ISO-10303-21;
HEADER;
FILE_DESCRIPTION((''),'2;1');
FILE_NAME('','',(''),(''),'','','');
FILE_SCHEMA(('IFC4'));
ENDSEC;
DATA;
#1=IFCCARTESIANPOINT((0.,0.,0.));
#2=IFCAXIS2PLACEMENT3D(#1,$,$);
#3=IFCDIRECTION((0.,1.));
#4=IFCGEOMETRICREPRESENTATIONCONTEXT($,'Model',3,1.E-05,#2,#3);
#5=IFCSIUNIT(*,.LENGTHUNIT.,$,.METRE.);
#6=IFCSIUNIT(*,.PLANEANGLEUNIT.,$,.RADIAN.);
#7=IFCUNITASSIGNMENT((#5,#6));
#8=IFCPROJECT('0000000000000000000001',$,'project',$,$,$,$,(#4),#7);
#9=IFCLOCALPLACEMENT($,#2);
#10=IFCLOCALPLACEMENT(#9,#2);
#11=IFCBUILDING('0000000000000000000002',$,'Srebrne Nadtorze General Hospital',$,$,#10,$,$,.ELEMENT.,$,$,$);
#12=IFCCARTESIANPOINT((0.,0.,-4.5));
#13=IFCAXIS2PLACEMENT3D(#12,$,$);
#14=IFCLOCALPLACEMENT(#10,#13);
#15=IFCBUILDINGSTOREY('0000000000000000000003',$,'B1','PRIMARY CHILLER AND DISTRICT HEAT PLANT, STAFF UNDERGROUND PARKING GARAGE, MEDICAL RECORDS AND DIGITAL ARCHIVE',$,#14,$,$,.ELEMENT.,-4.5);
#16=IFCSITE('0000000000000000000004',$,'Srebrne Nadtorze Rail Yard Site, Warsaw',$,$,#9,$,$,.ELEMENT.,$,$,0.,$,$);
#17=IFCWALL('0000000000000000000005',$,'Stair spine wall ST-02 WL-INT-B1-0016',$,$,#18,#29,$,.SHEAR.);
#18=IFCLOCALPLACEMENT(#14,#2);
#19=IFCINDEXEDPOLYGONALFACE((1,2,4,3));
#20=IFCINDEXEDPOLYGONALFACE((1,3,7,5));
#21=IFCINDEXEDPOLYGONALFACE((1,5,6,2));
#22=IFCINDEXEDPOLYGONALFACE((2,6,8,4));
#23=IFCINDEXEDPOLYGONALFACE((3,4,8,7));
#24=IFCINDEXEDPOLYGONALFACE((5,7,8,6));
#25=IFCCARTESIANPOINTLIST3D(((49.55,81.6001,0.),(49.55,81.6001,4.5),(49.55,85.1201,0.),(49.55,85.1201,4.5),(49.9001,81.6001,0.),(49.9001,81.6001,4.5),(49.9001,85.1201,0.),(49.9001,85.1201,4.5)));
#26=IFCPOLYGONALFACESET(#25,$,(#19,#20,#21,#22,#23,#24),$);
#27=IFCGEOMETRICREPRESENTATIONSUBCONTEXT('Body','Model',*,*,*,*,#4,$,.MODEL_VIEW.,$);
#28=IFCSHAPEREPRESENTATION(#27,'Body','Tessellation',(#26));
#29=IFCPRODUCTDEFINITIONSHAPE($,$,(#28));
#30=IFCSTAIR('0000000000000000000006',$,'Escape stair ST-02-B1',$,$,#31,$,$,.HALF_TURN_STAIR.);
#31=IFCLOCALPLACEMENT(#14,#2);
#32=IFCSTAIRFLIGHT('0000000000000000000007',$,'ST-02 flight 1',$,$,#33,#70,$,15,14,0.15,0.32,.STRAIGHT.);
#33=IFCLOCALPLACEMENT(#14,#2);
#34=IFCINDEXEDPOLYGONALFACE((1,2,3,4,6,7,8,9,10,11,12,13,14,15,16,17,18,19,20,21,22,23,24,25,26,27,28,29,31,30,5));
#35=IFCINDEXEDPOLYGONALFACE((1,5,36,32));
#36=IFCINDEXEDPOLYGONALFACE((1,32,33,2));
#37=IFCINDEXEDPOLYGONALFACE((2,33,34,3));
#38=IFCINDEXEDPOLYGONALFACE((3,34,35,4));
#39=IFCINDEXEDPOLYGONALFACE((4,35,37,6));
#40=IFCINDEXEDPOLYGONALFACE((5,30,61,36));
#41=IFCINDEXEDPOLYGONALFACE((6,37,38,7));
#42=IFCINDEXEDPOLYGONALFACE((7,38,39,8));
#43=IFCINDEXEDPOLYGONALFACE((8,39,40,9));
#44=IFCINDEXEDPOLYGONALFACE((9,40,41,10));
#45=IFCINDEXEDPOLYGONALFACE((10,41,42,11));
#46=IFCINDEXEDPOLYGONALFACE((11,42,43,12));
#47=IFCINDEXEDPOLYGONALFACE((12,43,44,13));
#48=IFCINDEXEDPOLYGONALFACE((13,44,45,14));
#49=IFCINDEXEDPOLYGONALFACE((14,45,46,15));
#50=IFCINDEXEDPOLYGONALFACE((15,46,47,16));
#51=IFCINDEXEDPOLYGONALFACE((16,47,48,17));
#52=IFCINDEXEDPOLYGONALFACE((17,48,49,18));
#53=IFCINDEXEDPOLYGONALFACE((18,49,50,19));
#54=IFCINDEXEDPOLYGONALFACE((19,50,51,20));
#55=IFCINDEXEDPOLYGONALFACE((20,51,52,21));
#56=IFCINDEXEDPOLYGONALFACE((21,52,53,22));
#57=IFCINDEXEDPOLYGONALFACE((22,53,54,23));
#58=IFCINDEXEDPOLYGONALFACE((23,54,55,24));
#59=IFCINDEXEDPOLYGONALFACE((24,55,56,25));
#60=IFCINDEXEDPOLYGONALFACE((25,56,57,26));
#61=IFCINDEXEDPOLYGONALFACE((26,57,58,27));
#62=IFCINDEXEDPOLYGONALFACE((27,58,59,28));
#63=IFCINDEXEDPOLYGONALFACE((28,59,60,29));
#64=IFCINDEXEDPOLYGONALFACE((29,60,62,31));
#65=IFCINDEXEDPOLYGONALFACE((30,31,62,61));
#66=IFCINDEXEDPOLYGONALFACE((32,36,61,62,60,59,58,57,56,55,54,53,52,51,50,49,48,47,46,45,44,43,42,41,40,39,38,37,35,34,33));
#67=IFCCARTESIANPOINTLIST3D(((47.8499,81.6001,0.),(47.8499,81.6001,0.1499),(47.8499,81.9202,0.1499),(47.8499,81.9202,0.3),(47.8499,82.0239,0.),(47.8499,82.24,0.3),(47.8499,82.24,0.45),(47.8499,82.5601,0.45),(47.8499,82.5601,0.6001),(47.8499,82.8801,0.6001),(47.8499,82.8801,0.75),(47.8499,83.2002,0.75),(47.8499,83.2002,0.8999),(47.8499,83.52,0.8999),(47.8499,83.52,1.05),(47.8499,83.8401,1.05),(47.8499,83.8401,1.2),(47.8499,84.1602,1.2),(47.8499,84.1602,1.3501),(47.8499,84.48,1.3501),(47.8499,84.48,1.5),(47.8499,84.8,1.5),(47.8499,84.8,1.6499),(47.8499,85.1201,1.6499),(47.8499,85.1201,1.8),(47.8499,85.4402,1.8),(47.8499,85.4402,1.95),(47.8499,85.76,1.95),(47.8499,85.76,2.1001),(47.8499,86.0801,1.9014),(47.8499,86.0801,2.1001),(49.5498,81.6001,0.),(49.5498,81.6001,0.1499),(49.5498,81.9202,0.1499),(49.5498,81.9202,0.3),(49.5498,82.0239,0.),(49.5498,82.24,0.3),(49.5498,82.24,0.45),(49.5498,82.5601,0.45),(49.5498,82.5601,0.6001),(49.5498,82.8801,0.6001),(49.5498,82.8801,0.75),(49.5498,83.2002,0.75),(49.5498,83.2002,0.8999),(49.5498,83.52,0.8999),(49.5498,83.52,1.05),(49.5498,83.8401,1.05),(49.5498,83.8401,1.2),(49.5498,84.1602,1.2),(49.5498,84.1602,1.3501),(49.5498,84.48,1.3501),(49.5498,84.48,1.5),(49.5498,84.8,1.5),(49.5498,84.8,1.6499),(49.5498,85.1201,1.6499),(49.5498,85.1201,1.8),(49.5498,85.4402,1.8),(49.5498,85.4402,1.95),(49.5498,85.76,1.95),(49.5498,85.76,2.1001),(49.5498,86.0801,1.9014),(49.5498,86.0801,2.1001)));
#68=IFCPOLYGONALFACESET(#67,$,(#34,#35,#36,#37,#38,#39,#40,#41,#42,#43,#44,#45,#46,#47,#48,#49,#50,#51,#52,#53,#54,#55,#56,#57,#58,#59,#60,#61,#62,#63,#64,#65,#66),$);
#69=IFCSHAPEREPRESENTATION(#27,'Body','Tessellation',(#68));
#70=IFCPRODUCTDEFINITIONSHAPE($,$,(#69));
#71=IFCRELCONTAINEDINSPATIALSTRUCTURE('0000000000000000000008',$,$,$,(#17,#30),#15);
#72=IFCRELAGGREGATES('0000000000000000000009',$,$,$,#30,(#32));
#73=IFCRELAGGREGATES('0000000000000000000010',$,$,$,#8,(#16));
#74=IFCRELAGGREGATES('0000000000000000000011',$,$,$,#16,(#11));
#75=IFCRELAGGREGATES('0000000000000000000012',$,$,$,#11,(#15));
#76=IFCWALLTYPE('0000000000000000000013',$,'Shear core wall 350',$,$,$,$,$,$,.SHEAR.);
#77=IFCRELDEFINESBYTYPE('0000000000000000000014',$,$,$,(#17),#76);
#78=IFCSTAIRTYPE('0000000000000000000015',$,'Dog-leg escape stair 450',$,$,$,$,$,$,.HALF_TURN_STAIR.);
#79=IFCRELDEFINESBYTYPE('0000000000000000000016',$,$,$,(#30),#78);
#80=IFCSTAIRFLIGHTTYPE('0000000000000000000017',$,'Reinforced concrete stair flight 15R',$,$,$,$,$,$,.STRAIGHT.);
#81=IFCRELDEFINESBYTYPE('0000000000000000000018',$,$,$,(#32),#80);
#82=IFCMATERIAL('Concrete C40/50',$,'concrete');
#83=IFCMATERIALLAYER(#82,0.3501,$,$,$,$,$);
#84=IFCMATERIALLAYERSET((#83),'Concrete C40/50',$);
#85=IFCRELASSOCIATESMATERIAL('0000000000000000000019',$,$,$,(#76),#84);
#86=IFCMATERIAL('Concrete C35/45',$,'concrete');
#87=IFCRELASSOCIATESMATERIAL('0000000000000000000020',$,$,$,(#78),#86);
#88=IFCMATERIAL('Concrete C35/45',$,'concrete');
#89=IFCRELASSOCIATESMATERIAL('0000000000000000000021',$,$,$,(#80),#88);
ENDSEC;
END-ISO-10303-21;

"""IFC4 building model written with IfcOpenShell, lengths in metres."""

from ifc_helpers import new_model, si_unit, direction, frame, frame_2d, origin, place, context, subcontext, project, spatial, polyline, rectangle, outline, extrude, material, layer, layer_set, type_object, element, aggregate, save


model = new_model("IFC4")

# Units and contexts
model_context = context("Model", 3, precision=1e-05, world=origin(), true_north=direction((0.0, 1.0)))
body_context = subcontext(model_context, "Body", "Model", "MODEL_VIEW")
ifc_project = project(units=[si_unit("LENGTHUNIT", "METRE"), si_unit("PLANEANGLEUNIT", "RADIAN")], contexts=[model_context])

# Site, building, storey
site_placement = place(None, origin())
site = spatial("IfcSite", under=ifc_project, at=site_placement, Name="Srebrne Nadtorze Rail Yard Site, Warsaw", CompositionType="ELEMENT", RefElevation=0.0)
building_placement = place(site_placement, origin())
building = spatial("IfcBuilding", under=site, at=building_placement, Name="Srebrne Nadtorze General Hospital", CompositionType="ELEMENT")
storey_placement = place(building_placement, frame((0.0, 0.0, -4.5)))
storey = spatial("IfcBuildingStorey", under=building, at=storey_placement, Name="B1", Description="PRIMARY CHILLER AND DISTRICT HEAT PLANT, STAFF UNDERGROUND PARKING GARAGE, MEDICAL RECORDS AND DIGITAL ARCHIVE", CompositionType="ELEMENT", Elevation=-4.5)

# Shared definitions
ifc_material_1 = material(Name="Concrete C40/50", Category="concrete")
ifc_layer_1 = layer(ifc_material_1, 0.3501)
ifc_layer_set_1 = layer_set([ifc_layer_1], Name="Concrete C40/50")
wall_type_1 = type_object("IfcWallType", Name="Shear core wall 350", PredefinedType="SHEAR", material=ifc_layer_set_1)

# Wall
wall_1_placement = place(storey_placement, frame((49.7251, 81.6001, 0.0), z_axis=(0.0, 0.0, 1.0), x_axis=(0.0, 1.0, 0.0)))
element("IfcWall", 1, at=wall_1_placement, inside=storey, type_object=wall_type_1, Name="Stair spine wall ST-02 WL-INT-B1-0016", PredefinedType="SHEAR", context=body_context, shape_type="SweptSolid", body=[
    extrude(rectangle(XDim=3.52, YDim=0.3501, at=frame_2d((1.76, 0.0))), origin(), (0.0, 0.0, 1.0), 4.5),
])

# Stair, stair flight
ifc_material_2 = material(Name="Concrete C35/45", Category="concrete")
stair_type = type_object("IfcStairType", Name="Dog-leg escape stair 450", PredefinedType="HALF_TURN_STAIR", material=ifc_material_2)
stair_placement = place(storey_placement, origin())
stair = element("IfcStair", 2, at=stair_placement, inside=storey, type_object=stair_type, Name="Escape stair ST-02-B1", PredefinedType="HALF_TURN_STAIR")
ifc_material_3 = material(Name="Concrete C35/45", Category="concrete")
stair_flight_type = type_object("IfcStairFlightType", Name="Reinforced concrete stair flight 15R", PredefinedType="STRAIGHT", material=ifc_material_3)
stair_flight_placement = place(storey_placement, frame((48.7, 81.6001, 0.0), z_axis=(0.0, 0.0, 1.0), x_axis=(0.0, 1.0, 0.0)))
stair_flight = element("IfcStairFlight", 3, at=stair_flight_placement, type_object=stair_flight_type, Name="ST-02 flight 1", NumberOfRisers=15, NumberOfTreads=14, PredefinedType="STRAIGHT", RiserHeight=0.15, TreadLength=0.32, context=body_context, shape_type="SweptSolid", body=[
    extrude(outline(polyline([(0.0, 0.0), (0.0, 0.1499), (0.3201, 0.1499), (0.3201, 0.3), (0.6399, 0.3), (0.6399, 0.45), (0.96, 0.45), (0.96, 0.6001), (1.28, 0.6001), (1.28, 0.75), (1.6001, 0.75), (1.6001, 0.8999), (1.9199, 0.8999), (1.9199, 1.05), (2.24, 1.05), (2.24, 1.2), (2.5601, 1.2), (2.5601, 1.3501), (2.8799, 1.3501), (2.8799, 1.5), (3.2, 1.5), (3.2, 1.6499), (3.52, 1.6499), (3.52, 1.8), (3.8401, 1.8), (3.8401, 1.95), (4.1599, 1.95), (4.1599, 2.1001), (4.48, 2.1001), (4.48, 2.25), (4.48, 1.9014), (0.4238, 0.0), (0.0, 0.0)])), frame((0.0, 0.8501, 0.0), z_axis=(0.0, -1.0, 0.0), x_axis=(1.0, 0.0, 0.0)), (0.0, 0.0, 1.0), 1.7),
])
aggregate(stair, [stair_flight])

save(model, "model.ifc")
